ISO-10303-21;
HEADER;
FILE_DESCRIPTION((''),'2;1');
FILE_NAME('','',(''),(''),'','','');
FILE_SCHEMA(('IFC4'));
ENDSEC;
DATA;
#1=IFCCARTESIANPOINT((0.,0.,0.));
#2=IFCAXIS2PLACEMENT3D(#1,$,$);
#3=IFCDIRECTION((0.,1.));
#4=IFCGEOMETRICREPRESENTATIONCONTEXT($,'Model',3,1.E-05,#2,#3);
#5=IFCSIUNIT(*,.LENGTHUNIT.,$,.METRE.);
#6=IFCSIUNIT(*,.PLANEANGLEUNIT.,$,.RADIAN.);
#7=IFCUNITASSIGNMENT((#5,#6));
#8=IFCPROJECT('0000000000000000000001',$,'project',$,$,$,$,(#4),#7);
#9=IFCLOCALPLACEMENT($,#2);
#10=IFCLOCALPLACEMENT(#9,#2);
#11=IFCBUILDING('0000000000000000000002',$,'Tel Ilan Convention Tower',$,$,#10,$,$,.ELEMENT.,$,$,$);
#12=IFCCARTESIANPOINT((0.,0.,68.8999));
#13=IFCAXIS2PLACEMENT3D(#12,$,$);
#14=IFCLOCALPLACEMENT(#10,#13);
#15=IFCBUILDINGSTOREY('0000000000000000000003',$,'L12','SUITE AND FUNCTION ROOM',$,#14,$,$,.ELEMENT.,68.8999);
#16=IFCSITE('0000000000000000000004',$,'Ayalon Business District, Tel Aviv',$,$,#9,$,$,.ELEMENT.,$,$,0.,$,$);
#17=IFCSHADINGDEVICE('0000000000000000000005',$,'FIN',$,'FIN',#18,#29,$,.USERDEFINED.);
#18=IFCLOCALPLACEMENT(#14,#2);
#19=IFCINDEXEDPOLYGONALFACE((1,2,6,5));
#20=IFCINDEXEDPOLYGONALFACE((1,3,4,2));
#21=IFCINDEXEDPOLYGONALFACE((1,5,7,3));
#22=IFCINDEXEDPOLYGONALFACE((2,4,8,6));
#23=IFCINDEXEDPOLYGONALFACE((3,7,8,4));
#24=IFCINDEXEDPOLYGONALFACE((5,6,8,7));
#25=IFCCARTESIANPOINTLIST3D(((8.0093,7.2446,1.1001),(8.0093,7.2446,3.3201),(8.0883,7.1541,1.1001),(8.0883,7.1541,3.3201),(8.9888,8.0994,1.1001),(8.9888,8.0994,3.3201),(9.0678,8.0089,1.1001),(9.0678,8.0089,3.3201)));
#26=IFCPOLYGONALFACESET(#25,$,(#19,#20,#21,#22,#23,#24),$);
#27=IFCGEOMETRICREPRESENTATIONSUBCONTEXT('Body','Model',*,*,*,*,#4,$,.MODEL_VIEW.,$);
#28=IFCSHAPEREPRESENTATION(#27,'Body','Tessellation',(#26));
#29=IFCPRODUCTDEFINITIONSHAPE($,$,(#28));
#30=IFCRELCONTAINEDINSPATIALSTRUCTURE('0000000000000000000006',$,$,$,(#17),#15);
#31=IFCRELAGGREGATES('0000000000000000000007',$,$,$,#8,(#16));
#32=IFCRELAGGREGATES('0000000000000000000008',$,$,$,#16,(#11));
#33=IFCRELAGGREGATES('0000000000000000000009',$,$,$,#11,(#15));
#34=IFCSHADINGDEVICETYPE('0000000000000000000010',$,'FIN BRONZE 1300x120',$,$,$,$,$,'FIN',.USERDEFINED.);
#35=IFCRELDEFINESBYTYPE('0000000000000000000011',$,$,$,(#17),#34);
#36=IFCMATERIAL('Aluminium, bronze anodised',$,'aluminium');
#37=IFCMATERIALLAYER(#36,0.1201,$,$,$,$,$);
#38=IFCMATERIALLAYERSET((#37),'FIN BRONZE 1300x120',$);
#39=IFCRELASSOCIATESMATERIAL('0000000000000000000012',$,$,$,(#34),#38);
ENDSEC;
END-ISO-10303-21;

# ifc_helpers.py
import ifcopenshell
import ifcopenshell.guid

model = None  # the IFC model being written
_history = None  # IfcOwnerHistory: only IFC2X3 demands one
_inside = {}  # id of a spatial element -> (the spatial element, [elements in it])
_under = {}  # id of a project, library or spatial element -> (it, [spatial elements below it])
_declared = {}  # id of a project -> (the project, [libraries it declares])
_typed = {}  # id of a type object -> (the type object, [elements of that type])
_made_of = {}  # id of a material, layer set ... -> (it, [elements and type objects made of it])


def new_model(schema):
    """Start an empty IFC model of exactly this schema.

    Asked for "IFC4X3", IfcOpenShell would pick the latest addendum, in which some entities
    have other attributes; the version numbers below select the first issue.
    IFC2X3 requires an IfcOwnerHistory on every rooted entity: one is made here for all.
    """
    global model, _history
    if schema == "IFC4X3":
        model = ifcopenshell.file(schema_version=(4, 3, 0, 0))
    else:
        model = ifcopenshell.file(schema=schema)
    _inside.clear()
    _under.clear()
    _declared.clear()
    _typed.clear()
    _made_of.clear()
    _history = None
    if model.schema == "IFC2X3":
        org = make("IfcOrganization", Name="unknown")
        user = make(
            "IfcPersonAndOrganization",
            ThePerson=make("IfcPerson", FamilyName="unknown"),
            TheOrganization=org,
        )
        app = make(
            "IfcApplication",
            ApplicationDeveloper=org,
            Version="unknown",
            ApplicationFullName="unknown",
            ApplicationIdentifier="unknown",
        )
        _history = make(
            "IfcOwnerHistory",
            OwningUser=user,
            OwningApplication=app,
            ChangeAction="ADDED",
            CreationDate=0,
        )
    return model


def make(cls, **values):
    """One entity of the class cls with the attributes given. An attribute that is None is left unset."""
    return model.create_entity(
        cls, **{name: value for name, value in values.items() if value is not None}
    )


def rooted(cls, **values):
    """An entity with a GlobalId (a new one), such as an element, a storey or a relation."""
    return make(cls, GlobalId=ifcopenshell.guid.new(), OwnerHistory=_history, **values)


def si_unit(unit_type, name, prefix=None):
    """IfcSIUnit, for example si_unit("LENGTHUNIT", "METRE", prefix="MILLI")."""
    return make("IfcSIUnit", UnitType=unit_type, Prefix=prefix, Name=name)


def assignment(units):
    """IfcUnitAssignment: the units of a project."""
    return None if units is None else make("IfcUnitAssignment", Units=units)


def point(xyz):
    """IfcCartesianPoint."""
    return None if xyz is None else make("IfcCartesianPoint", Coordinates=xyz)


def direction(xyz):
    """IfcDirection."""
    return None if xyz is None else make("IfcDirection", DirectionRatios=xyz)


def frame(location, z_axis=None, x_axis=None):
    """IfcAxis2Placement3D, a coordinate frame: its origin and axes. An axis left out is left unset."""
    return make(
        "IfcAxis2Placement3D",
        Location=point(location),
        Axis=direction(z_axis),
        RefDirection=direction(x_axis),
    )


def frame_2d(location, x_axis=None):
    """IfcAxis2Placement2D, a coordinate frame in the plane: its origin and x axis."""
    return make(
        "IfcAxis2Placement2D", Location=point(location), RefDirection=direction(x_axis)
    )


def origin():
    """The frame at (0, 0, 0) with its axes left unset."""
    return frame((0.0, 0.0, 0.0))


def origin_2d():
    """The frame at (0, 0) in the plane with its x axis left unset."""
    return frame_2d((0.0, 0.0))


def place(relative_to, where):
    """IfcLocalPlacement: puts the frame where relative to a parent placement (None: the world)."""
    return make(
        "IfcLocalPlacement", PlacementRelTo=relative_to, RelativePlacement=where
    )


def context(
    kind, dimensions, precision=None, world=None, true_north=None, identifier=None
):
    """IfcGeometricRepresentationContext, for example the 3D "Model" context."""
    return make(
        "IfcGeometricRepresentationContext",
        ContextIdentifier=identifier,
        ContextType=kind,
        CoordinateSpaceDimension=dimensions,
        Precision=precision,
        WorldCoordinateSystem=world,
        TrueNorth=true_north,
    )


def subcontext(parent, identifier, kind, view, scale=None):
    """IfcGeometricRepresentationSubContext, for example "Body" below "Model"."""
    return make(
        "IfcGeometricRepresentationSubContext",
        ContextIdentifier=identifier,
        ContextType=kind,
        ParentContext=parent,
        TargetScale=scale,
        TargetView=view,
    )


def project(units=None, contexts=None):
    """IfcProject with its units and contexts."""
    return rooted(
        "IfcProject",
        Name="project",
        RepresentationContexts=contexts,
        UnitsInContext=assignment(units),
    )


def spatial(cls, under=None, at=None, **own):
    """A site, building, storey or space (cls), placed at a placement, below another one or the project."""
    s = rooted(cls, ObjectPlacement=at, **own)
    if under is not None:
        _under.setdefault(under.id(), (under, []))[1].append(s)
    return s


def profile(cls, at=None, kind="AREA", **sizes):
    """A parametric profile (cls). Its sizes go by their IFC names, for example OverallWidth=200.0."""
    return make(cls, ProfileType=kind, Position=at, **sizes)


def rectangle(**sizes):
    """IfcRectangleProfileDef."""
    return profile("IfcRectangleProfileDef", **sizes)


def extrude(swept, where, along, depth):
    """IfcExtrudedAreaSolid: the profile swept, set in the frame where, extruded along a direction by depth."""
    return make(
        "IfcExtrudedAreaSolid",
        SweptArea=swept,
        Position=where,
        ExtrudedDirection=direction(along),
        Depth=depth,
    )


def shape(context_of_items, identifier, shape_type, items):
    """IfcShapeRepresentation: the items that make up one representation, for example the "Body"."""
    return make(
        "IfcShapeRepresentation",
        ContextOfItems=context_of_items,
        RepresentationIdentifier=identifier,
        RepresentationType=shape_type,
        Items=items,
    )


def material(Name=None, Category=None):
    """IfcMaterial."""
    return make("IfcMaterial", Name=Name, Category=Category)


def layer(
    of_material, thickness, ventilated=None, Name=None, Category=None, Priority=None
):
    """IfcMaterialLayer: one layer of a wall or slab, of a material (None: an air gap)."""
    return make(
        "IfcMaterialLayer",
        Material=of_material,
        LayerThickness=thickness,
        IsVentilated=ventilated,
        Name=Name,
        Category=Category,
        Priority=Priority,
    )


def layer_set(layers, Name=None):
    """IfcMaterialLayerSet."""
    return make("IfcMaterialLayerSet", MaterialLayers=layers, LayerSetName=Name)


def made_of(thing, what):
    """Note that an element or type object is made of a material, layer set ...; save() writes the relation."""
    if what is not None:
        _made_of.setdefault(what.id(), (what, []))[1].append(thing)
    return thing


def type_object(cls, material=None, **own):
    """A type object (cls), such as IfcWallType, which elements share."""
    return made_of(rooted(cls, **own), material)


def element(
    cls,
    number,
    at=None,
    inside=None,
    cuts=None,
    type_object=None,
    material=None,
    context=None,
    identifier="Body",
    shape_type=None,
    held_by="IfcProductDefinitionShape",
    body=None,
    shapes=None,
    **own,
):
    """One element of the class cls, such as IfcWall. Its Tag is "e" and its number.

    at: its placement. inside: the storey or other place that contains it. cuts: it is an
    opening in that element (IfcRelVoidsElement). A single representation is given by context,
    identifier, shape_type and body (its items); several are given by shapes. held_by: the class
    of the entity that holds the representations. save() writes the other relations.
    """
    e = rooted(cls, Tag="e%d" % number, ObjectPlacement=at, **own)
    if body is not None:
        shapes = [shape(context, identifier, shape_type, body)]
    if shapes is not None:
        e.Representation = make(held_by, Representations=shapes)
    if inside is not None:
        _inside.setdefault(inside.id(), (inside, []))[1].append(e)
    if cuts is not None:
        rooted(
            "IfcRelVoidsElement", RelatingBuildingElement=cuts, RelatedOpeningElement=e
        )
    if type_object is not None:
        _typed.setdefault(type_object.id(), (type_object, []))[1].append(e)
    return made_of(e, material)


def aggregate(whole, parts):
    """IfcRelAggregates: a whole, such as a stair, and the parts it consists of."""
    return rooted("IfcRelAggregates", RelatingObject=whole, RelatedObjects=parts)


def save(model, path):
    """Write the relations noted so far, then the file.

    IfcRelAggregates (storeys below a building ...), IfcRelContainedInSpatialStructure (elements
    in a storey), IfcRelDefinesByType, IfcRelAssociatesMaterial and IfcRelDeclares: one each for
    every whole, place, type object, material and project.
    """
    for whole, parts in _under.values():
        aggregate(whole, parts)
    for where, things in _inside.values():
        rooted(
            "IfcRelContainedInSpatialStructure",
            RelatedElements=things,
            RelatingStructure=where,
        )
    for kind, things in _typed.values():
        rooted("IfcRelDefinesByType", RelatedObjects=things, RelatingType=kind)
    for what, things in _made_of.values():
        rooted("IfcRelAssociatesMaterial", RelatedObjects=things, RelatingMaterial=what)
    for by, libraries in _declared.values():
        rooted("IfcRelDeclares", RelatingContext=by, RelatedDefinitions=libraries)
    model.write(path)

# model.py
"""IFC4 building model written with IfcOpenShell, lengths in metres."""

from ifc_helpers import new_model, si_unit, direction, frame, origin, origin_2d, place, context, subcontext, project, spatial, rectangle, extrude, material, layer, layer_set, type_object, element, save


model = new_model("IFC4")

# Units and contexts
model_context = context("Model", 3, precision=1e-05, world=origin(), true_north=direction((0.0, 1.0)))
body_context = subcontext(model_context, "Body", "Model", "MODEL_VIEW")
ifc_project = project(units=[si_unit("LENGTHUNIT", "METRE"), si_unit("PLANEANGLEUNIT", "RADIAN")], contexts=[model_context])

# Site, building, storey
site_placement = place(None, origin())
site = spatial("IfcSite", under=ifc_project, at=site_placement, Name="Ayalon Business District, Tel Aviv", CompositionType="ELEMENT", RefElevation=0.0)
building_placement = place(site_placement, origin())
building = spatial("IfcBuilding", under=site, at=building_placement, Name="Tel Ilan Convention Tower", CompositionType="ELEMENT")
storey_placement = place(building_placement, frame((0.0, 0.0, 68.8999)))
storey = spatial("IfcBuildingStorey", under=building, at=storey_placement, Name="L12", Description="SUITE AND FUNCTION ROOM", CompositionType="ELEMENT", Elevation=68.8999)

# Shading device
ifc_material_1 = material(Name="Aluminium, bronze anodised", Category="aluminium")
ifc_layer_1 = layer(ifc_material_1, 0.1201)
ifc_layer_set_1 = layer_set([ifc_layer_1], Name="FIN BRONZE 1300x120")
shading_device_type = type_object("IfcShadingDeviceType", Name="FIN BRONZE 1300x120", ElementType="FIN", PredefinedType="USERDEFINED", material=ifc_layer_set_1)
for number, where, z_axis, x_axis, name in (
    (1, (8.5386, 7.6267, 1.1001), (0.0, 0.0, 1.0), (0.753436, 0.657521, 0.0), "FIN"),
):
    element("IfcShadingDevice", number, at=place(storey_placement, frame(where, z_axis=z_axis, x_axis=x_axis)), inside=storey, type_object=shading_device_type, Name=name, ObjectType="FIN", PredefinedType="USERDEFINED", context=body_context, shape_type="SweptSolid", body=[
        extrude(rectangle(XDim=1.3, YDim=0.1201, at=origin_2d()), origin(), (0.0, 0.0, 1.0), 2.22),
    ])

save(model, "model.ifc")
